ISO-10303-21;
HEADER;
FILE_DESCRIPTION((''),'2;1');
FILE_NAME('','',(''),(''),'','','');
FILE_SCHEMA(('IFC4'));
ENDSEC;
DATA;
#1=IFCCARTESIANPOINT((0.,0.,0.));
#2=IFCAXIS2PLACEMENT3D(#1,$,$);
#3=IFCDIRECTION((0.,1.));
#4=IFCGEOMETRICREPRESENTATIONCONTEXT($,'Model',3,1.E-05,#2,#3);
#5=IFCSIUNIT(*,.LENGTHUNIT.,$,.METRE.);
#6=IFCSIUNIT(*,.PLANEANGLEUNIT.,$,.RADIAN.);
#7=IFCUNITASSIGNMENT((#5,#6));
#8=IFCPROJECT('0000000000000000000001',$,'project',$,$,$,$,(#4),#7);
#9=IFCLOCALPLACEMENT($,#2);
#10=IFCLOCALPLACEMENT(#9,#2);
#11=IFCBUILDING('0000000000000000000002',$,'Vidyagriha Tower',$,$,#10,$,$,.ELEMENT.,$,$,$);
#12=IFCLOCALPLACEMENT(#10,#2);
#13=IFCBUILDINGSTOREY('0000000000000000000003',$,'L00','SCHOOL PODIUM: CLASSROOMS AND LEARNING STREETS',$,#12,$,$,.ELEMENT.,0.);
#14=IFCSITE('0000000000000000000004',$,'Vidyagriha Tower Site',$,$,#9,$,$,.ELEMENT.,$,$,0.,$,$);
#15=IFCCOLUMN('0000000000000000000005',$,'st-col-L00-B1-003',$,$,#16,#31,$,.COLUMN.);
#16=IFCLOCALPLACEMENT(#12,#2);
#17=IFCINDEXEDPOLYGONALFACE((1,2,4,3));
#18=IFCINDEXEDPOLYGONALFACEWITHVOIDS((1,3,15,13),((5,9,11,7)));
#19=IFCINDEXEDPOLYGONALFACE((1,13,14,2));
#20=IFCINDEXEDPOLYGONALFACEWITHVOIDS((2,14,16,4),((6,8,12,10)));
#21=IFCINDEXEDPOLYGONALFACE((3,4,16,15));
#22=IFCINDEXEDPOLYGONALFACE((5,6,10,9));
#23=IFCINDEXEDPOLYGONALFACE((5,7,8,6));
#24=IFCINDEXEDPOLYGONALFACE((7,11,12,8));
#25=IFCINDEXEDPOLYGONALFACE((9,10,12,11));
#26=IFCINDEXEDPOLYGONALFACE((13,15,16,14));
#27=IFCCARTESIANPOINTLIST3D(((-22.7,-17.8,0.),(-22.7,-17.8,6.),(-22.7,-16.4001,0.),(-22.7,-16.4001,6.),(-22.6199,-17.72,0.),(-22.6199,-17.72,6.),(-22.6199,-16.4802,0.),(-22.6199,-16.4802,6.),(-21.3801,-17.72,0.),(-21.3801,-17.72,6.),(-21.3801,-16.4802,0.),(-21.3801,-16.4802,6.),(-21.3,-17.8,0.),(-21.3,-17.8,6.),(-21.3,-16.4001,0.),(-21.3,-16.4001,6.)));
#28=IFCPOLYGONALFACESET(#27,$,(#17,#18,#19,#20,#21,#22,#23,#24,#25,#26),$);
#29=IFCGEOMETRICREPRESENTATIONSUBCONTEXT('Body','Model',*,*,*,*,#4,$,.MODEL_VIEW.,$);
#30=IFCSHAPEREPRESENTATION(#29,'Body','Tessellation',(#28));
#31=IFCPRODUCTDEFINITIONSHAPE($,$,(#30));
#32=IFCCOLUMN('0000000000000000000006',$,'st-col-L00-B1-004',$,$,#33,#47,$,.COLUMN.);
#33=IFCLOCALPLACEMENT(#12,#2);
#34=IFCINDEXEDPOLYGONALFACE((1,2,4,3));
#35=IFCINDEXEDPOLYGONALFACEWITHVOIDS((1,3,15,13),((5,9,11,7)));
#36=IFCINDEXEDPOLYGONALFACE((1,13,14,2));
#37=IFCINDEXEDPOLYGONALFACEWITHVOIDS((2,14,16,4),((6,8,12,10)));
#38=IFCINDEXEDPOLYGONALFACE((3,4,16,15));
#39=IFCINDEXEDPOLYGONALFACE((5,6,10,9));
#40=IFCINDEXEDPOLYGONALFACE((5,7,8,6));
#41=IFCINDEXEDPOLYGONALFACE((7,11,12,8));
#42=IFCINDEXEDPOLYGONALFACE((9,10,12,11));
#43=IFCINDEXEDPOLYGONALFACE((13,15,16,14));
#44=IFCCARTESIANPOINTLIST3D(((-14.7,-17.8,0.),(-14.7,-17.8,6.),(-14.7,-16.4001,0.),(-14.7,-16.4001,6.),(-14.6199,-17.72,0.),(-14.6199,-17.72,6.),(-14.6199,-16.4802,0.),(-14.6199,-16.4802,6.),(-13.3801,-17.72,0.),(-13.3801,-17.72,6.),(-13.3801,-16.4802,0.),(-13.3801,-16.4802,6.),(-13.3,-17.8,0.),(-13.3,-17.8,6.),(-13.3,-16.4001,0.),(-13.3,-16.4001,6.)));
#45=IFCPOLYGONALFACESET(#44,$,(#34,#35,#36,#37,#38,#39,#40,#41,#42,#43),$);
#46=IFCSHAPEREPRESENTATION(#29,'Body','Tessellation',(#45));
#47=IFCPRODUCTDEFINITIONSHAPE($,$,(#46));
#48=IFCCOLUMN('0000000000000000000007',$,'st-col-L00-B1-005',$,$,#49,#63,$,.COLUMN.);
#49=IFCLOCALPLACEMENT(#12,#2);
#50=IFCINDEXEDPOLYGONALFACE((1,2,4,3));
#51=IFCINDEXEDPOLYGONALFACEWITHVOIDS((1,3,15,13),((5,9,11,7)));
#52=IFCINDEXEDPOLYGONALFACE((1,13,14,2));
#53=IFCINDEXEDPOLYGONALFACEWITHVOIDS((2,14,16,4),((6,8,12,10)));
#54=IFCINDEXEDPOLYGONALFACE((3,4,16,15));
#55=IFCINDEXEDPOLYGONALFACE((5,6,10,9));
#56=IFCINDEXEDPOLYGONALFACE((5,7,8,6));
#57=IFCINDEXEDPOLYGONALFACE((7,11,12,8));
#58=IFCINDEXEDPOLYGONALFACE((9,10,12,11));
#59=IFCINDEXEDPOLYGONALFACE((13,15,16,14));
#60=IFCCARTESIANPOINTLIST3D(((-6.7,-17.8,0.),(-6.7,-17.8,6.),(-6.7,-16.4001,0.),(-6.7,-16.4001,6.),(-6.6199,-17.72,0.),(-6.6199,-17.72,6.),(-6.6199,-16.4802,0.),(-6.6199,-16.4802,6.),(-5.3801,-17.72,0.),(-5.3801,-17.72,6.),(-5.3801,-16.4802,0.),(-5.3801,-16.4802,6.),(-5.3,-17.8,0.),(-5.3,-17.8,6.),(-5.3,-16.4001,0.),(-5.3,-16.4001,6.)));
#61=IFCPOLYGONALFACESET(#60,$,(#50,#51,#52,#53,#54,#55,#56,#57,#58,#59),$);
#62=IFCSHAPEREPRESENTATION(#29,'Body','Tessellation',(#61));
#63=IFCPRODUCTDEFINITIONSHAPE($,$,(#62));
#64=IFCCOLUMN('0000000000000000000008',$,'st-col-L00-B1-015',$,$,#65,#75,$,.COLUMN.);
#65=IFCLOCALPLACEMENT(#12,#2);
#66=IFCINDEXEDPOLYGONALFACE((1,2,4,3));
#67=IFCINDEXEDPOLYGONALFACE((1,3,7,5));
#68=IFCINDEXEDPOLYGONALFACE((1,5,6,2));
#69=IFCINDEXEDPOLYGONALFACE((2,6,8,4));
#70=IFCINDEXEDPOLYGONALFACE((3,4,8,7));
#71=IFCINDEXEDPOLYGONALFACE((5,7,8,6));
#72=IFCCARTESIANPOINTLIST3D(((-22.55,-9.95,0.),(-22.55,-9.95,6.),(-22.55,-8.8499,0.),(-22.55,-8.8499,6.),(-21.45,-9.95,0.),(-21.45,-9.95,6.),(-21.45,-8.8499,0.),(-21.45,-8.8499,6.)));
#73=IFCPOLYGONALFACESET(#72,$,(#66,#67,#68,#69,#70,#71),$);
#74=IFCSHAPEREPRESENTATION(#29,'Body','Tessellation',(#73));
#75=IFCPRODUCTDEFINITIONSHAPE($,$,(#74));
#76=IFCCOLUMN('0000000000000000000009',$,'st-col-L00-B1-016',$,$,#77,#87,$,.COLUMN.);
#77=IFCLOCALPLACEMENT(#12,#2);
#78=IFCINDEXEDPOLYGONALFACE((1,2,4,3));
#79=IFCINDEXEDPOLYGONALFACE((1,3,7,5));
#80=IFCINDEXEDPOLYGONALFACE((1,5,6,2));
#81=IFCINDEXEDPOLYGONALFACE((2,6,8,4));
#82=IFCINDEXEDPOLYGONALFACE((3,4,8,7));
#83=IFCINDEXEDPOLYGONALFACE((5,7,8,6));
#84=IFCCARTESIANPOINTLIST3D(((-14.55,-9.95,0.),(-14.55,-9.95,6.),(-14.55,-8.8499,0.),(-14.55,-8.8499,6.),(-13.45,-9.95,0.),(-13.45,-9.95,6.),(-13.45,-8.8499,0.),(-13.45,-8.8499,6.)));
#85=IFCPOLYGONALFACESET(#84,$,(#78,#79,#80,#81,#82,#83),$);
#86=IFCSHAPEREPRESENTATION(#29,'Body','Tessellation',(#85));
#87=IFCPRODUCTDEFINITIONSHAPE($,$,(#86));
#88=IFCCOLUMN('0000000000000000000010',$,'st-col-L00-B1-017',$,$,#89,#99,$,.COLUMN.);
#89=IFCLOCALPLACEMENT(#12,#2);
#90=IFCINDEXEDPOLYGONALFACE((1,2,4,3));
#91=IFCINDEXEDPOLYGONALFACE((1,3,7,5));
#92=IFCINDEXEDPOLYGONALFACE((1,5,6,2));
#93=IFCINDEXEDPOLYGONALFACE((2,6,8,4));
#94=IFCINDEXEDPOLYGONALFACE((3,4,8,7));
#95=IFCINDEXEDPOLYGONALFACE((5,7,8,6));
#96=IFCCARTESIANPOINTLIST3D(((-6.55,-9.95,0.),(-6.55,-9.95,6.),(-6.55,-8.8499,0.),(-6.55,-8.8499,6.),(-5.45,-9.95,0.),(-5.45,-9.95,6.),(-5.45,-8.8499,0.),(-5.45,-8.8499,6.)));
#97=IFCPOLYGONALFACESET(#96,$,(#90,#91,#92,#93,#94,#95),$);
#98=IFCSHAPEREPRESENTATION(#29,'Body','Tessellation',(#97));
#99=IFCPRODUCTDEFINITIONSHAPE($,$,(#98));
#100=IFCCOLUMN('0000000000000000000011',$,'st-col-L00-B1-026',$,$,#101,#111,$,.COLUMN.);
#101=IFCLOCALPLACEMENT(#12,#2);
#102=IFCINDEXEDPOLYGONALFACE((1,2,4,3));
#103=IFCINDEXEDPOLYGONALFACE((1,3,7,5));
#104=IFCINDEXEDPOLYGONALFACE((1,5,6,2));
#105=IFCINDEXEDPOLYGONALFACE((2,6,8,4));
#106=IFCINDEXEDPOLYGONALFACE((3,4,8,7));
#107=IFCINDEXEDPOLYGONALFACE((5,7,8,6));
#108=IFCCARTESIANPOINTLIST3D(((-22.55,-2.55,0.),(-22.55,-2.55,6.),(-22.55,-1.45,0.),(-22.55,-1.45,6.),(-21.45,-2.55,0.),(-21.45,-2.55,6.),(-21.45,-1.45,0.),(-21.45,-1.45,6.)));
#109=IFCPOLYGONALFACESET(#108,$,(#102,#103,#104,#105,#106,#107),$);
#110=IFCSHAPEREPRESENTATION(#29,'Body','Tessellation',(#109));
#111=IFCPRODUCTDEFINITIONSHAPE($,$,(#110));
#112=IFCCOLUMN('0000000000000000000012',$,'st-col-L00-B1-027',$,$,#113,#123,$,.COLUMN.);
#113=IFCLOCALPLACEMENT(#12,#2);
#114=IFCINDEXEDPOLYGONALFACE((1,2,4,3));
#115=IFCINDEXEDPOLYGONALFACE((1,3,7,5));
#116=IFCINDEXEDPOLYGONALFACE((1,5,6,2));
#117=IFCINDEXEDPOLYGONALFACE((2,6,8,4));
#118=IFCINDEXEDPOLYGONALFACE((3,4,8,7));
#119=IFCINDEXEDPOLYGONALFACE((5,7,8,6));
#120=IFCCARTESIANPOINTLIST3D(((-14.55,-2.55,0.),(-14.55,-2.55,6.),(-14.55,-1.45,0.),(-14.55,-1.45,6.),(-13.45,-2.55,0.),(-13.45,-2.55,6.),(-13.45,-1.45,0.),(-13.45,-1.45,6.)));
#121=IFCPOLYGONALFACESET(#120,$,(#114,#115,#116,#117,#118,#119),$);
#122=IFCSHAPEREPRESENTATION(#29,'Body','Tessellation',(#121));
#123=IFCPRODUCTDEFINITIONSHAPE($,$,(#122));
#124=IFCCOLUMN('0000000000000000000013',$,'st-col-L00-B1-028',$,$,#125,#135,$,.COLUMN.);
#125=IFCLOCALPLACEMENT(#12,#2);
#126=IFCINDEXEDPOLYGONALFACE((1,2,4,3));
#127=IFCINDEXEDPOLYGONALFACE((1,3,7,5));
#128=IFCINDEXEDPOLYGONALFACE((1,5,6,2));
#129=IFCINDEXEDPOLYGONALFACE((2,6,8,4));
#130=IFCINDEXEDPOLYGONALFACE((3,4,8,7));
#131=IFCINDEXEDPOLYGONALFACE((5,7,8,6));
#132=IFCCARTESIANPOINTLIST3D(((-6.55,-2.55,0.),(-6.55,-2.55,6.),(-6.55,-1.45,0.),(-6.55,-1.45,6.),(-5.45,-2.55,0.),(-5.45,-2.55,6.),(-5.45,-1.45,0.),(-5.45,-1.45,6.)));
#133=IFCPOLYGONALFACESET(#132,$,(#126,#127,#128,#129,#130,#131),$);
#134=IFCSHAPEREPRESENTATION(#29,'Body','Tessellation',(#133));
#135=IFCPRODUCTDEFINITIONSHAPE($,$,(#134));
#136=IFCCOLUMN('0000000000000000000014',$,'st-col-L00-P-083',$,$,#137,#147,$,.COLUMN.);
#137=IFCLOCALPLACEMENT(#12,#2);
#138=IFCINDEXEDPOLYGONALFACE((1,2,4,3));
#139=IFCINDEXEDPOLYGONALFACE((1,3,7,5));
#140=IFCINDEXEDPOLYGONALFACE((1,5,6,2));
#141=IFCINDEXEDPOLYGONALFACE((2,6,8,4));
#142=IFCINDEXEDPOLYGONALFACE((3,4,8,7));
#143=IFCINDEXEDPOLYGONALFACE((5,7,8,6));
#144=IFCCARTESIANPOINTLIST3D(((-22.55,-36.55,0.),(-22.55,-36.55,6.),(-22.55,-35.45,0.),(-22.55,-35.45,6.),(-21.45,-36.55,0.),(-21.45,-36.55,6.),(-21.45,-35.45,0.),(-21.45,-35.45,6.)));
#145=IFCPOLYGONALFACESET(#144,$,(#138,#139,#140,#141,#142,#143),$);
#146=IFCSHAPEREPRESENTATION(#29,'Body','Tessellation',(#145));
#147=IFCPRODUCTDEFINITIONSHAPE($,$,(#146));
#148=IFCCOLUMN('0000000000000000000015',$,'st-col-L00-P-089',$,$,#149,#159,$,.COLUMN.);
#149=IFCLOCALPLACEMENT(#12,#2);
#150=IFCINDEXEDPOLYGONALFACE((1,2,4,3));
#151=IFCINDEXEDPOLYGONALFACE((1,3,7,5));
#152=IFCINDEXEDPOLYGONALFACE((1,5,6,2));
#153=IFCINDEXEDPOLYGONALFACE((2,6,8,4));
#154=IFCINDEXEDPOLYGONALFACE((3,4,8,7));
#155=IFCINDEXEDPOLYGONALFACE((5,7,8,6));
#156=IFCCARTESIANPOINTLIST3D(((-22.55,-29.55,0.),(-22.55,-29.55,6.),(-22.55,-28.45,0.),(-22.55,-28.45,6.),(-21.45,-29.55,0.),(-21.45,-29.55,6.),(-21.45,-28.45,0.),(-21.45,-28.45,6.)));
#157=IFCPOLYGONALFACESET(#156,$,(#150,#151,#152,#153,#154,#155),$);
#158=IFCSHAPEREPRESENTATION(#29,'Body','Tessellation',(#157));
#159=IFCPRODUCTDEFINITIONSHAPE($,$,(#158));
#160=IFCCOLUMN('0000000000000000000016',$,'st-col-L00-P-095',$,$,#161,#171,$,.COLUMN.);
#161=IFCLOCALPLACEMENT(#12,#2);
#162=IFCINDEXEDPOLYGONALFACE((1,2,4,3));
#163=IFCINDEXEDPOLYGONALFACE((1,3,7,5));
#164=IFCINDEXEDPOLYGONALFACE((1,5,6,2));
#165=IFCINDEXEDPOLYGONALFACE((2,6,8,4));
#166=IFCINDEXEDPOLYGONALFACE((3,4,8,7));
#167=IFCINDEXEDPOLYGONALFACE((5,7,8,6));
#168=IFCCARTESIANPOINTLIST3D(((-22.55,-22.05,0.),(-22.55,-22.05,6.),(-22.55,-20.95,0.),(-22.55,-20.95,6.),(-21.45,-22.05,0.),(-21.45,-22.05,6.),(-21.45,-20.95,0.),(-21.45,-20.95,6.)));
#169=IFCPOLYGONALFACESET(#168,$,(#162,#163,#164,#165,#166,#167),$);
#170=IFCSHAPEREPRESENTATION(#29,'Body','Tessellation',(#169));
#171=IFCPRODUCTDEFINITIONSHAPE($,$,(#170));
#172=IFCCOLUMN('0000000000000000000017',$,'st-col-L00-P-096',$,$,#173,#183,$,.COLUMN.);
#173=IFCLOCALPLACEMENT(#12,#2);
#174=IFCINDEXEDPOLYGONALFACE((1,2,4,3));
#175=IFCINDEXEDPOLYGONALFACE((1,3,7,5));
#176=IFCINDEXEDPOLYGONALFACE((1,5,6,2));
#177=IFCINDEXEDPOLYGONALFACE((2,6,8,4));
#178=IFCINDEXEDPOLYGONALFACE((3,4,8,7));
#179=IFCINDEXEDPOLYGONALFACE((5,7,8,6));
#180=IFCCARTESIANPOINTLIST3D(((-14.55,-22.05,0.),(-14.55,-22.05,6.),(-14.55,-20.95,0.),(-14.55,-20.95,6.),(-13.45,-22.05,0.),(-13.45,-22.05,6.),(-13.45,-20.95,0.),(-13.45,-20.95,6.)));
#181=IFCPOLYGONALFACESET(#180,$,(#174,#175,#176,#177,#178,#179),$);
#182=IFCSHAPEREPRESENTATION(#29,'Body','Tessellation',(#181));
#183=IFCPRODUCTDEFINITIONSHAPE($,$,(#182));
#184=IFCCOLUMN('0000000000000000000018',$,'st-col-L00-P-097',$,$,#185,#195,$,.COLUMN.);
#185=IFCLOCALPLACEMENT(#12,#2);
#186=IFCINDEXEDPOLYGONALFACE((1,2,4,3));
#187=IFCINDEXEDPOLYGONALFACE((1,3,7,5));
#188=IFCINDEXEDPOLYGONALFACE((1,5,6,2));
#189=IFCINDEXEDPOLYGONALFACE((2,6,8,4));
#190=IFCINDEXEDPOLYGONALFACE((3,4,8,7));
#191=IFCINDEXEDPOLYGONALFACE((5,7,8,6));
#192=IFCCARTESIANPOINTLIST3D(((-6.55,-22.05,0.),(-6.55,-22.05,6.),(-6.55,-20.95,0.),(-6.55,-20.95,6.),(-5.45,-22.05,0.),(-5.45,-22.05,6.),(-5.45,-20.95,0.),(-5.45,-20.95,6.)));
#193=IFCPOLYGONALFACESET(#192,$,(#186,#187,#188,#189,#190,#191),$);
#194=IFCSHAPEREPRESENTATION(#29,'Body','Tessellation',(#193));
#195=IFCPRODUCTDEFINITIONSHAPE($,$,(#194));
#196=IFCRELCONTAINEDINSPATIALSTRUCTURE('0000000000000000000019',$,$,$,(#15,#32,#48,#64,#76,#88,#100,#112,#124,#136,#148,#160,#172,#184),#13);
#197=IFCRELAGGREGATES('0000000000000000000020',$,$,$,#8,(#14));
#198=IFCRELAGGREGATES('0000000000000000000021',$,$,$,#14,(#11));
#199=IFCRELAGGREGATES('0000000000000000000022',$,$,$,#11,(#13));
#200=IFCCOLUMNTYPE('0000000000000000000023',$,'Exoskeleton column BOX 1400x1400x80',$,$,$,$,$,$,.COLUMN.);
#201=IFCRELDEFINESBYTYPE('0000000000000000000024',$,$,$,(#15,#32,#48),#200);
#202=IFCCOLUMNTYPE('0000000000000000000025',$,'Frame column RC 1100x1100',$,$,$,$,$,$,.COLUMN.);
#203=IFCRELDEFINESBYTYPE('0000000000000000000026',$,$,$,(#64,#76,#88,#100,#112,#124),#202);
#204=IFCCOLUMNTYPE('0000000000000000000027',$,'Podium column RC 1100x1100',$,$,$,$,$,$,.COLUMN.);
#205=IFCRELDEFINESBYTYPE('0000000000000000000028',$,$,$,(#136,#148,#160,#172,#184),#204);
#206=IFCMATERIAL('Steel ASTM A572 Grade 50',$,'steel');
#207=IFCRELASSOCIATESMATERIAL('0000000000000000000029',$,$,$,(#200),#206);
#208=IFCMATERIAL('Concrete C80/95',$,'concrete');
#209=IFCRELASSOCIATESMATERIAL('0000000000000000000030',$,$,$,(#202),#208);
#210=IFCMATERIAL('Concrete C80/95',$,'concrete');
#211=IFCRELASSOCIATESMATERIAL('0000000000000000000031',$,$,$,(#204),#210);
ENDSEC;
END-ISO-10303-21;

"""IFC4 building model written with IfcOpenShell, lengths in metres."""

from ifc_helpers import new_model, si_unit, direction, frame, origin, origin_2d, place, context, subcontext, project, spatial, rectangle, hollow_rectangle, extrude, material, material_profile, profile_set, type_object, element, save


model = new_model("IFC4")

# Units and contexts
model_context = context("Model", 3, precision=1e-05, world=origin(), true_north=direction((0.0, 1.0)))
body_context = subcontext(model_context, "Body", "Model", "MODEL_VIEW")
ifc_project = project(units=[si_unit("LENGTHUNIT", "METRE"), si_unit("PLANEANGLEUNIT", "RADIAN")], contexts=[model_context])

# Site, building, storey
site_placement = place(None, origin())
site = spatial("IfcSite", under=ifc_project, at=site_placement, Name="Vidyagriha Tower Site", CompositionType="ELEMENT", RefElevation=0.0)
building_placement = place(site_placement, origin())
building = spatial("IfcBuilding", under=site, at=building_placement, Name="Vidyagriha Tower", CompositionType="ELEMENT")
storey_placement = place(building_placement, origin())
storey = spatial("IfcBuildingStorey", under=building, at=storey_placement, Name="L00", Description="SCHOOL PODIUM: CLASSROOMS AND LEARNING STREETS", CompositionType="ELEMENT", Elevation=0.0)

# Columns
ifc_material_1 = material(Name="Steel ASTM A572 Grade 50", Category="steel")
ifc_material_profile_1 = material_profile(ifc_material_1, hollow_rectangle(XDim=1.3999, YDim=1.3999, WallThickness=0.0801, at=origin_2d()), Name="BOX 1400x1400x80")
ifc_profile_set_1 = profile_set([ifc_material_profile_1], Name="Steel ASTM A572 Grade 50")
column_type_1 = type_object("IfcColumnType", Name="Exoskeleton column BOX 1400x1400x80", PredefinedType="COLUMN", material=ifc_profile_set_1)
for number, where, name in (
    (1, (-22.0, -17.1001, 0.0), "st-col-L00-B1-003"),
    (2, (-14.0, -17.1001, 0.0), "st-col-L00-B1-004"),
    (3, (-6.0, -17.1001, 0.0), "st-col-L00-B1-005"),
):
    element("IfcColumn", number, at=place(storey_placement, frame(where)), inside=storey, type_object=column_type_1, Name=name, PredefinedType="COLUMN", context=body_context, shape_type="SweptSolid", body=[
        extrude(hollow_rectangle(XDim=1.3999, YDim=1.3999, WallThickness=0.0801, at=origin_2d()), origin(), (0.0, 0.0, 1.0), 6.0),
    ])
ifc_material_2 = material(Name="Concrete C80/95", Category="concrete")
ifc_material_profile_2 = material_profile(ifc_material_2, rectangle(XDim=1.1001, YDim=1.1001, at=origin_2d()), Name="RC 1100x1100")
ifc_profile_set_2 = profile_set([ifc_material_profile_2], Name="Concrete C80/95")
column_type_2 = type_object("IfcColumnType", Name="Frame column RC 1100x1100", PredefinedType="COLUMN", material=ifc_profile_set_2)
for number, where, name in (
    (4, (-22.0, -9.3999, 0.0), "st-col-L00-B1-015"),
    (5, (-14.0, -9.3999, 0.0), "st-col-L00-B1-016"),
    (6, (-6.0, -9.3999, 0.0), "st-col-L00-B1-017"),
    (7, (-22.0, -2.0, 0.0), "st-col-L00-B1-026"),
    (8, (-14.0, -2.0, 0.0), "st-col-L00-B1-027"),
    (9, (-6.0, -2.0, 0.0), "st-col-L00-B1-028"),
):
    element("IfcColumn", number, at=place(storey_placement, frame(where)), inside=storey, type_object=column_type_2, Name=name, PredefinedType="COLUMN", context=body_context, shape_type="SweptSolid", body=[
        extrude(rectangle(XDim=1.1001, YDim=1.1001, at=origin_2d()), origin(), (0.0, 0.0, 1.0), 6.0),
    ])
ifc_material_3 = material(Name="Concrete C80/95", Category="concrete")
ifc_material_profile_3 = material_profile(ifc_material_3, rectangle(XDim=1.1001, YDim=1.1001, at=origin_2d()), Name="RC 1100x1100")
ifc_profile_set_3 = profile_set([ifc_material_profile_3], Name="Concrete C80/95")
column_type_3 = type_object("IfcColumnType", Name="Podium column RC 1100x1100", PredefinedType="COLUMN", material=ifc_profile_set_3)
for number, where, name in (
    (10, (-22.0, -36.0, 0.0), "st-col-L00-P-083"),
    (11, (-22.0, -29.0, 0.0), "st-col-L00-P-089"),
    (12, (-22.0, -21.5, 0.0), "st-col-L00-P-095"),
    (13, (-14.0, -21.5, 0.0), "st-col-L00-P-096"),
    (14, (-6.0, -21.5, 0.0), "st-col-L00-P-097"),
):
    element("IfcColumn", number, at=place(storey_placement, frame(where)), inside=storey, type_object=column_type_3, Name=name, PredefinedType="COLUMN", context=body_context, shape_type="SweptSolid", body=[
        extrude(rectangle(XDim=1.1001, YDim=1.1001, at=origin_2d()), origin(), (0.0, 0.0, 1.0), 6.0),
    ])

save(model, "model.ifc")
